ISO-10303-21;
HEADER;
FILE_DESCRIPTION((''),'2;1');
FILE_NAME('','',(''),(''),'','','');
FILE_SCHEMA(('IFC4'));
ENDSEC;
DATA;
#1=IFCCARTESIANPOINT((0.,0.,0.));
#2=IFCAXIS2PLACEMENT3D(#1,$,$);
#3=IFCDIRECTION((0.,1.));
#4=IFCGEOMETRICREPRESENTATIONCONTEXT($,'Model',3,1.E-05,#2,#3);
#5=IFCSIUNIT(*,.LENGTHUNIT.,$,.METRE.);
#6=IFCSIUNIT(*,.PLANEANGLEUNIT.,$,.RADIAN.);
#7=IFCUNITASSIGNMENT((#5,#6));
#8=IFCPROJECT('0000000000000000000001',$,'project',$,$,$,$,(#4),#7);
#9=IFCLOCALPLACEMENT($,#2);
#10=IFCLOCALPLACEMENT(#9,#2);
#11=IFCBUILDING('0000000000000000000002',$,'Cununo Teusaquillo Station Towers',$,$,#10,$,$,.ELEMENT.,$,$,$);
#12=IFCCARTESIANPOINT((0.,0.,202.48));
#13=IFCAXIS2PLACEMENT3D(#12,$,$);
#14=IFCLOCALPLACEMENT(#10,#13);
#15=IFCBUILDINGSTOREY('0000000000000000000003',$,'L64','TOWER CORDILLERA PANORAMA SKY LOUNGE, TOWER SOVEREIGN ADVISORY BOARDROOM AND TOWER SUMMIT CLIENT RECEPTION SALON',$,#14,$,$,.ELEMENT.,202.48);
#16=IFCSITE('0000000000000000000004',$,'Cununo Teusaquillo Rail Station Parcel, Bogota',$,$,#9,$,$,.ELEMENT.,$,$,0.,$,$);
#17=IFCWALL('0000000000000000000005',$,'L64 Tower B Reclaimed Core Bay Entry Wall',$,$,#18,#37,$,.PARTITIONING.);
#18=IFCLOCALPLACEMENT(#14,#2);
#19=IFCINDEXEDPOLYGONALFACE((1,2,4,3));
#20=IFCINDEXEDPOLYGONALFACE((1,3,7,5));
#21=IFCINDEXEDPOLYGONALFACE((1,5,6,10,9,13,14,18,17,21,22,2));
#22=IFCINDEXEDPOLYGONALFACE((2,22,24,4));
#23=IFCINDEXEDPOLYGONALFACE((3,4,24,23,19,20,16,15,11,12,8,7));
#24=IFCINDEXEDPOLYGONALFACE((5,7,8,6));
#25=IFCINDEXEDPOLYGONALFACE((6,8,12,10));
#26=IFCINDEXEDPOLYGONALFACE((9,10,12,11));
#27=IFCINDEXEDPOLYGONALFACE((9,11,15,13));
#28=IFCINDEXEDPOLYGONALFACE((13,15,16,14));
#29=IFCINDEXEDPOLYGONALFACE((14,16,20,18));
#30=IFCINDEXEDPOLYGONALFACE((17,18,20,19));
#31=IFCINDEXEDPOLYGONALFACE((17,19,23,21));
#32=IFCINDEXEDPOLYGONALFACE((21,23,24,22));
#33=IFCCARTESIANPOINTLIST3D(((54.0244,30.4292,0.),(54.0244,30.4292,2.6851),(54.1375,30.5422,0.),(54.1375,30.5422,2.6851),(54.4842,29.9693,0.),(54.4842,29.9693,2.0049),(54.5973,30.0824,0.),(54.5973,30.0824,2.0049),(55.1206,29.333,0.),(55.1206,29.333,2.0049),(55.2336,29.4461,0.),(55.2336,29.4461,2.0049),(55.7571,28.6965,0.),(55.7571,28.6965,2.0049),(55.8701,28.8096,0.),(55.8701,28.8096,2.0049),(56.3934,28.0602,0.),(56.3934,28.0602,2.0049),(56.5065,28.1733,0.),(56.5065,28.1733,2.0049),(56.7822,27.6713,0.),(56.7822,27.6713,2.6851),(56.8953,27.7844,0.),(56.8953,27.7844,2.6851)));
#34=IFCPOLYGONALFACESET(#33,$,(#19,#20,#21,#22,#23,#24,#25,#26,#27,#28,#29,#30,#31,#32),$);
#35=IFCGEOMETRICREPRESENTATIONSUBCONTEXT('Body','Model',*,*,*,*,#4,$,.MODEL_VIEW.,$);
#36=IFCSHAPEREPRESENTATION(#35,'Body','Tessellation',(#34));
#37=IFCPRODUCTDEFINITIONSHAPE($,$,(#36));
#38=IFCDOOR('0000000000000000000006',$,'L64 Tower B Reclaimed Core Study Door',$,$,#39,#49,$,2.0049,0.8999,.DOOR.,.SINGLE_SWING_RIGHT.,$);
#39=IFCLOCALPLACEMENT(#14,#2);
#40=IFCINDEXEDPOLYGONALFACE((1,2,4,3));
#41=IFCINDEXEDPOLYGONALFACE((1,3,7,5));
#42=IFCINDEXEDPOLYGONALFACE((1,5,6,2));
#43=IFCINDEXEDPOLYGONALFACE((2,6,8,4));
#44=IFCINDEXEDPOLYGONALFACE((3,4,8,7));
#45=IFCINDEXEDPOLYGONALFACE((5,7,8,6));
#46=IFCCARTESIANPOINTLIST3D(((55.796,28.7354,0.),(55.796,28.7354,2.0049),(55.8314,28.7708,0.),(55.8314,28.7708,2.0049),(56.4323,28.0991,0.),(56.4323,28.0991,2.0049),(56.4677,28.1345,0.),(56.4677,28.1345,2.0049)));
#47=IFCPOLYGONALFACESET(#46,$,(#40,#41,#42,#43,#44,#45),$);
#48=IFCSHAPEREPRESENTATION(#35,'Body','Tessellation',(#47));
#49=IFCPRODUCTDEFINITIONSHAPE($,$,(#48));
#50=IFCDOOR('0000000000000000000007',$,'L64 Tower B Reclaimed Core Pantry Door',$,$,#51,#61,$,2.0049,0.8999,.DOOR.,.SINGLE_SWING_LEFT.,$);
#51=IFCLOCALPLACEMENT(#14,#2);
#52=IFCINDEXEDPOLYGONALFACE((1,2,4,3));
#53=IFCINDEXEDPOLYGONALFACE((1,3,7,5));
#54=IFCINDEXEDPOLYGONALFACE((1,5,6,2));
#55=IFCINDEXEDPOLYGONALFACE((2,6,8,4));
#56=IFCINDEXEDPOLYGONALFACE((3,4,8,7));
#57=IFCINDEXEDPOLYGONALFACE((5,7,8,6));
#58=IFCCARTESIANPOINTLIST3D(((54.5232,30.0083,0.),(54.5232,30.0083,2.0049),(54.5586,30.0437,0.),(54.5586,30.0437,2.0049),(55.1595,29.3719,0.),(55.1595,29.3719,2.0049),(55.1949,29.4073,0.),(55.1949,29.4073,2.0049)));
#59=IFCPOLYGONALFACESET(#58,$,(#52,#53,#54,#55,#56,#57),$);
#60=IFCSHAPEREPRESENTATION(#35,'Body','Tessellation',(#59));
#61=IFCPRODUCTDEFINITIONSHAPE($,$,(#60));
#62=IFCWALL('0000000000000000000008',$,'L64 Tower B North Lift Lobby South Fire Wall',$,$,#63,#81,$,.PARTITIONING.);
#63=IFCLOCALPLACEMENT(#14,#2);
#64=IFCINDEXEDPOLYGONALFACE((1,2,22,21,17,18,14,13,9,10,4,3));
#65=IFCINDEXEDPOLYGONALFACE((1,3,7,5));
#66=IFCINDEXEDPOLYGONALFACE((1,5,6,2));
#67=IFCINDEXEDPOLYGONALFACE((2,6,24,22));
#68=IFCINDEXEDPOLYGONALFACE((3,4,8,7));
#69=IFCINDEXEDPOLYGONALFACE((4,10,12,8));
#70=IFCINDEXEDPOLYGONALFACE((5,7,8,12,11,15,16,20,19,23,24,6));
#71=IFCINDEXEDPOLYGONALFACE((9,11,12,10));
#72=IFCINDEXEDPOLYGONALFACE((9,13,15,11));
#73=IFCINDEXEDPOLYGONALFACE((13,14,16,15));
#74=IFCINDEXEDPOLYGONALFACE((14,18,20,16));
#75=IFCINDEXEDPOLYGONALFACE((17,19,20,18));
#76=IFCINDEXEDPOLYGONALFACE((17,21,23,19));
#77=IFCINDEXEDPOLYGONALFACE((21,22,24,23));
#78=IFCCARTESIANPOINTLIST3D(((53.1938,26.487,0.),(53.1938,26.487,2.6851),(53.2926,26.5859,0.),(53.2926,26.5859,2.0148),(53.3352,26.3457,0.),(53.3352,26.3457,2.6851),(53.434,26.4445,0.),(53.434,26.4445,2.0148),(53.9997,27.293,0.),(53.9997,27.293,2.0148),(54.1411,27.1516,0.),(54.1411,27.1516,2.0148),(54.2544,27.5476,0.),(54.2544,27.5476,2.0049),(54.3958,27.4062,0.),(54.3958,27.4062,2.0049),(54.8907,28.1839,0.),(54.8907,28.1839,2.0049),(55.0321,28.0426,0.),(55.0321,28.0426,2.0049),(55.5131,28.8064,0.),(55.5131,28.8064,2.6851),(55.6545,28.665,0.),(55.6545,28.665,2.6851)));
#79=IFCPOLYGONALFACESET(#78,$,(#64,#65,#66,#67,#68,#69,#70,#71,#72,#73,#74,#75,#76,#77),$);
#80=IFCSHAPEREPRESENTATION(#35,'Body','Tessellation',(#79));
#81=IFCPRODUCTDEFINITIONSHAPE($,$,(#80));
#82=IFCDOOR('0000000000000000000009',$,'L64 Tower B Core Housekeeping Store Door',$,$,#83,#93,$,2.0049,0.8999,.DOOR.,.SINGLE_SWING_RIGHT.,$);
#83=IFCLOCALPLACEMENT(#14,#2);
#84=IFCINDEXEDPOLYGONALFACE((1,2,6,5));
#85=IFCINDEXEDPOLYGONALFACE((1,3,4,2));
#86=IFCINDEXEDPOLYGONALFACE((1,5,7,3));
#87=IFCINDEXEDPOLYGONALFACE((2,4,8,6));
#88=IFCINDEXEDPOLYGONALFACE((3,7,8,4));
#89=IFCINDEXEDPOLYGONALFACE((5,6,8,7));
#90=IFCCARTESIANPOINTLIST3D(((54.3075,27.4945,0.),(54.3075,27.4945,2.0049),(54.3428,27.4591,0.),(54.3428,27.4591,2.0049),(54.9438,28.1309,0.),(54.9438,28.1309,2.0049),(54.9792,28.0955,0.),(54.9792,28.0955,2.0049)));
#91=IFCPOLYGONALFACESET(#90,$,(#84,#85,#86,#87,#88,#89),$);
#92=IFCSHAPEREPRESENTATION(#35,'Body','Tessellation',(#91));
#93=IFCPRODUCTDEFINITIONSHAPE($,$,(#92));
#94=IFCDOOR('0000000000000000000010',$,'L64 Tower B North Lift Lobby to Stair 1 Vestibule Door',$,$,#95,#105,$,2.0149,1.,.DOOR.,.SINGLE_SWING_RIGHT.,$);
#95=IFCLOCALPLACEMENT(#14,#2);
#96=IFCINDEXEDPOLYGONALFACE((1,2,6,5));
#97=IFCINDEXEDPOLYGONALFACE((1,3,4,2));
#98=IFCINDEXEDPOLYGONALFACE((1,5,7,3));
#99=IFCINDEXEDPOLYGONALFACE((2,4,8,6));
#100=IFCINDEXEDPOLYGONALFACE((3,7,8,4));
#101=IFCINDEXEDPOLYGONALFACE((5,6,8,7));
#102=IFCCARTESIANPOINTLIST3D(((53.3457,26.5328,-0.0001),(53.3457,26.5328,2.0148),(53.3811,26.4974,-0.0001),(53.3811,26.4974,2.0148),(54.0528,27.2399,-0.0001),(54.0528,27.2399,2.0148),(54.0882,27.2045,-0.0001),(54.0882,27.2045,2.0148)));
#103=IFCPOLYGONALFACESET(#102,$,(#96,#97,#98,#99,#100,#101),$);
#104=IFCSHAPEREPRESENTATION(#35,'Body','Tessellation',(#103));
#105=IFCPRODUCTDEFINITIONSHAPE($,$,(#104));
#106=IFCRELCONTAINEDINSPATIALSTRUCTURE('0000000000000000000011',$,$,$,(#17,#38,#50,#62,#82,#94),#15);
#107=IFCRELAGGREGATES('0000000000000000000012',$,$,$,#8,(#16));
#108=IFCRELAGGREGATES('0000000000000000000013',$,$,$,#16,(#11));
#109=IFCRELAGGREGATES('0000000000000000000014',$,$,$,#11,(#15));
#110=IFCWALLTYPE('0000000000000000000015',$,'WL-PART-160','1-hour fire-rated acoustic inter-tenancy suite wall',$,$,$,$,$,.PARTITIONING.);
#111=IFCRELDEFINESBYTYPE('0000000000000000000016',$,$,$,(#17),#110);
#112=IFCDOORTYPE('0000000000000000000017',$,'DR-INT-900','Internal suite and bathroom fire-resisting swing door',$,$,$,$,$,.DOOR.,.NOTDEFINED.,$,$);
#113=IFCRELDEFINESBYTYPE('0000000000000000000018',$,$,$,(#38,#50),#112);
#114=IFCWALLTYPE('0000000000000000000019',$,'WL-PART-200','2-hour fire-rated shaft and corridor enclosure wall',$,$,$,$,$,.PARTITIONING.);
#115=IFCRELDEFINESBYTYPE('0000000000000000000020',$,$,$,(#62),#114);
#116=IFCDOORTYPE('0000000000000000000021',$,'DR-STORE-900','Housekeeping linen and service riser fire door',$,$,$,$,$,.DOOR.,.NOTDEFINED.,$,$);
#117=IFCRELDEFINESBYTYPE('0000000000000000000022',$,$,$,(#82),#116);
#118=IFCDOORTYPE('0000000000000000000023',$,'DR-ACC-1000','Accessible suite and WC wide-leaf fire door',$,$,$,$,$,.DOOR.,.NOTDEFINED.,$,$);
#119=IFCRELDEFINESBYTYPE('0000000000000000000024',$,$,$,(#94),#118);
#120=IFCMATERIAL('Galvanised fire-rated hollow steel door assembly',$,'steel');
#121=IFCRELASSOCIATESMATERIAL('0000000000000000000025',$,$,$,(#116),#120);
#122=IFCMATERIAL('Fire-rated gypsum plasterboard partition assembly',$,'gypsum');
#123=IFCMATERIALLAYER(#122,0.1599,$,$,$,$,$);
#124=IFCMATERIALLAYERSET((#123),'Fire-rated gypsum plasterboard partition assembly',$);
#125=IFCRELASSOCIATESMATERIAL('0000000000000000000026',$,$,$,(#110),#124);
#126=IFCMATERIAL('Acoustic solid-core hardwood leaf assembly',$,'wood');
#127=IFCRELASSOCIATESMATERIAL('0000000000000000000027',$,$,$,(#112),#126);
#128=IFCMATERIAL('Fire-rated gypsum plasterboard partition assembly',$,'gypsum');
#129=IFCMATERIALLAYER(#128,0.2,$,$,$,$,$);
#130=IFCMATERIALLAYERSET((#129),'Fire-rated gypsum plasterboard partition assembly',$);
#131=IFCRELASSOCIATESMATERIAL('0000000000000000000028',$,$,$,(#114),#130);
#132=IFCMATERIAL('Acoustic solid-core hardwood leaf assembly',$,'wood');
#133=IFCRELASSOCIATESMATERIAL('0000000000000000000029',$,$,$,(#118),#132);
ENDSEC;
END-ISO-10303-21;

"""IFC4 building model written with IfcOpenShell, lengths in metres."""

from ifc_helpers import new_model, si_unit, direction, frame, frame_2d, origin, place, context, subcontext, project, spatial, rectangle, extrude, source, transform, mapped, material, layer, layer_set, type_object, element, fill, save


model = new_model("IFC4")

# Units and contexts
model_context = context("Model", 3, precision=1e-05, world=origin(), true_north=direction((0.0, 1.0)))
body_context = subcontext(model_context, "Body", "Model", "MODEL_VIEW")
ifc_project = project(units=[si_unit("LENGTHUNIT", "METRE"), si_unit("PLANEANGLEUNIT", "RADIAN")], contexts=[model_context])

# Site, building, storey
site_placement = place(None, origin())
site = spatial("IfcSite", under=ifc_project, at=site_placement, Name="Cununo Teusaquillo Rail Station Parcel, Bogota", CompositionType="ELEMENT", RefElevation=0.0)
building_placement = place(site_placement, origin())
building = spatial("IfcBuilding", under=site, at=building_placement, Name="Cununo Teusaquillo Station Towers", CompositionType="ELEMENT")
storey_placement = place(building_placement, frame((0.0, 0.0, 202.48)))
storey = spatial("IfcBuildingStorey", under=building, at=storey_placement, Name="L64", Description="TOWER CORDILLERA PANORAMA SKY LOUNGE, TOWER SOVEREIGN ADVISORY BOARDROOM AND TOWER SUMMIT CLIENT RECEPTION SALON", CompositionType="ELEMENT", Elevation=202.48)

# Shared definitions
ifc_material_1 = material(Name="Galvanised fire-rated hollow steel door assembly", Category="steel")
door_type_1 = type_object("IfcDoorType", Name="DR-STORE-900", Description="Housekeeping linen and service riser fire door", OperationType="NOTDEFINED", PredefinedType="DOOR", material=ifc_material_1)
shared_shape_1 = source(origin(), body_context, "Body", "SweptSolid", [
    extrude(rectangle(XDim=0.8999, YDim=2.0049, at=frame_2d((0.45, 1.0024))), frame((0.0, 0.0249, 0.0), z_axis=(0.0, -1.0, 0.0), x_axis=(1.0, 0.0, 0.0)), (0.0, 0.0, 1.0), 0.05),
])

# Walls, openings, doors
ifc_material_2 = material(Name="Fire-rated gypsum plasterboard partition assembly", Category="gypsum")
ifc_layer_1 = layer(ifc_material_2, 0.1599)
ifc_layer_set_1 = layer_set([ifc_layer_1], Name="Fire-rated gypsum plasterboard partition assembly")
wall_type_1 = type_object("IfcWallType", Name="WL-PART-160", Description="1-hour fire-rated acoustic inter-tenancy suite wall", PredefinedType="PARTITIONING", material=ifc_layer_set_1)
wall_1_placement = place(storey_placement, frame((56.8389, 27.7278, 0.0), z_axis=(0.0, 0.0, 1.0), x_axis=(-0.707107, 0.707107, 0.0)))
wall_1 = element("IfcWall", 1, at=wall_1_placement, inside=storey, type_object=wall_type_1, Name="L64 Tower B Reclaimed Core Bay Entry Wall", PredefinedType="PARTITIONING", context=body_context, shape_type="SweptSolid", body=[
    extrude(rectangle(XDim=3.9001, YDim=0.1599, at=frame_2d((1.9502, 0.0))), origin(), (0.0, 0.0, 1.0), 2.6851),
])
shared_shape_2 = source(origin(), body_context, "Body", "SweptSolid", [
    extrude(rectangle(XDim=0.8999, YDim=2.0049, at=frame_2d((0.45, 1.0024))), frame((0.0, 0.0898, 0.0), z_axis=(0.0, -1.0, 0.0), x_axis=(1.0, 0.0, 0.0)), (0.0, 0.0, 1.0), 0.1799),
])
opening_1_placement = place(wall_1_placement, frame((0.55, 0.0, 0.0)))
opening_1 = element("IfcOpeningElement", 2, at=opening_1_placement, cuts=wall_1, PredefinedType="OPENING", context=body_context, shape_type="MappedRepresentation", body=[
    mapped(shared_shape_2, transform((0.0, 0.0, 0.0), x_axis=(1.0, 0.0, 0.0), y_axis=(0.0, 1.0, 0.0), z_axis=(0.0, 0.0, 1.0), scale=1.0)),
])
opening_2_placement = place(wall_1_placement, frame((2.3501, 0.0, 0.0)))
opening_2 = element("IfcOpeningElement", 3, at=opening_2_placement, cuts=wall_1, PredefinedType="OPENING", context=body_context, shape_type="MappedRepresentation", body=[
    mapped(shared_shape_2, transform((0.0, 0.0, 0.0), x_axis=(1.0, 0.0, 0.0), y_axis=(0.0, 1.0, 0.0), z_axis=(0.0, 0.0, 1.0), scale=1.0)),
])
ifc_material_3 = material(Name="Acoustic solid-core hardwood leaf assembly", Category="wood")
door_type_2 = type_object("IfcDoorType", Name="DR-INT-900", Description="Internal suite and bathroom fire-resisting swing door", OperationType="NOTDEFINED", PredefinedType="DOOR", material=ifc_material_3)
door_1_placement = place(opening_1_placement, origin())
door_1 = element("IfcDoor", 4, at=door_1_placement, inside=storey, type_object=door_type_2, Name="L64 Tower B Reclaimed Core Study Door", OperationType="SINGLE_SWING_RIGHT", OverallHeight=2.0049, OverallWidth=0.8999, PredefinedType="DOOR", context=body_context, shape_type="MappedRepresentation", body=[
    mapped(shared_shape_1, transform((0.0, 0.0, 0.0), x_axis=(1.0, 0.0, 0.0), y_axis=(0.0, 1.0, 0.0), z_axis=(0.0, 0.0, 1.0), scale=1.0)),
])
fill(opening_1, door_1)
door_2_placement = place(opening_2_placement, origin())
door_2 = element("IfcDoor", 5, at=door_2_placement, inside=storey, type_object=door_type_2, Name="L64 Tower B Reclaimed Core Pantry Door", OperationType="SINGLE_SWING_LEFT", OverallHeight=2.0049, OverallWidth=0.8999, PredefinedType="DOOR", context=body_context, shape_type="MappedRepresentation", body=[
    mapped(shared_shape_1, transform((0.0, 0.0, 0.0), x_axis=(1.0, 0.0, 0.0), y_axis=(0.0, 1.0, 0.0), z_axis=(0.0, 0.0, 1.0), scale=1.0)),
])
fill(opening_2, door_2)
ifc_material_4 = material(Name="Fire-rated gypsum plasterboard partition assembly", Category="gypsum")
ifc_layer_2 = layer(ifc_material_4, 0.2)
ifc_layer_set_2 = layer_set([ifc_layer_2], Name="Fire-rated gypsum plasterboard partition assembly")
wall_type_2 = type_object("IfcWallType", Name="WL-PART-200", Description="2-hour fire-rated shaft and corridor enclosure wall", PredefinedType="PARTITIONING", material=ifc_layer_set_2)
wall_2_placement = place(storey_placement, frame((53.2644, 26.4163, 0.0), z_axis=(0.0, 0.0, 1.0), x_axis=(0.707107, 0.707107, 0.0)))
wall_2 = element("IfcWall", 6, at=wall_2_placement, inside=storey, type_object=wall_type_2, Name="L64 Tower B North Lift Lobby South Fire Wall", PredefinedType="PARTITIONING", context=body_context, shape_type="SweptSolid", body=[
    extrude(rectangle(XDim=3.28, YDim=0.2, at=frame_2d((1.6401, 0.0))), origin(), (0.0, 0.0, 1.0), 2.6851),
])
shared_shape_3 = source(origin(), body_context, "Body", "SweptSolid", [
    extrude(rectangle(XDim=1.0, YDim=2.0149, at=frame_2d((0.5, 1.0073))), frame((0.0, 0.1099, 0.0), z_axis=(0.0, -1.0, 0.0), x_axis=(1.0, 0.0, 0.0)), (0.0, 0.0, 1.0), 0.22),
])
opening_3_placement = place(wall_2_placement, frame((0.1399, 0.0, 0.0)))
opening_3 = element("IfcOpeningElement", 7, at=opening_3_placement, cuts=wall_2, PredefinedType="OPENING", context=body_context, shape_type="MappedRepresentation", body=[
    mapped(shared_shape_3, transform((0.0, 0.0, 0.0), x_axis=(1.0, 0.0, 0.0), y_axis=(0.0, 1.0, 0.0), z_axis=(0.0, 0.0, 1.0), scale=1.0)),
])
shared_shape_4 = source(origin(), body_context, "Body", "SweptSolid", [
    extrude(rectangle(XDim=0.8999, YDim=2.0049, at=frame_2d((0.45, 1.0024))), frame((0.0, 0.1099, 0.0), z_axis=(0.0, -1.0, 0.0), x_axis=(1.0, 0.0, 0.0)), (0.0, 0.0, 1.0), 0.22),
])
opening_4_placement = place(wall_2_placement, frame((1.5, 0.0, 0.0)))
opening_4 = element("IfcOpeningElement", 8, at=opening_4_placement, cuts=wall_2, PredefinedType="OPENING", context=body_context, shape_type="MappedRepresentation", body=[
    mapped(shared_shape_4, transform((0.0, 0.0, 0.0), x_axis=(1.0, 0.0, 0.0), y_axis=(0.0, 1.0, 0.0), z_axis=(0.0, 0.0, 1.0), scale=1.0)),
])
door_3_placement = place(opening_4_placement, origin())
door_3 = element("IfcDoor", 9, at=door_3_placement, inside=storey, type_object=door_type_1, Name="L64 Tower B Core Housekeeping Store Door", OperationType="SINGLE_SWING_RIGHT", OverallHeight=2.0049, OverallWidth=0.8999, PredefinedType="DOOR", context=body_context, shape_type="MappedRepresentation", body=[
    mapped(shared_shape_1, transform((0.0, 0.0, 0.0), x_axis=(1.0, 0.0, 0.0), y_axis=(0.0, 1.0, 0.0), z_axis=(0.0, 0.0, 1.0), scale=1.0)),
])
fill(opening_4, door_3)
ifc_material_5 = material(Name="Acoustic solid-core hardwood leaf assembly", Category="wood")
door_type_3 = type_object("IfcDoorType", Name="DR-ACC-1000", Description="Accessible suite and WC wide-leaf fire door", OperationType="NOTDEFINED", PredefinedType="DOOR", material=ifc_material_5)
shared_shape_5 = source(origin(), body_context, "Body", "SweptSolid", [
    extrude(rectangle(XDim=1.0, YDim=2.0149, at=frame_2d((0.5, 1.0073))), frame((0.0, 0.0249, 0.0), z_axis=(0.0, -1.0, 0.0), x_axis=(1.0, 0.0, 0.0)), (0.0, 0.0, 1.0), 0.05),
])
door_4_placement = place(opening_3_placement, origin())
door_4 = element("IfcDoor", 10, at=door_4_placement, inside=storey, type_object=door_type_3, Name="L64 Tower B North Lift Lobby to Stair 1 Vestibule Door", OperationType="SINGLE_SWING_RIGHT", OverallHeight=2.0149, OverallWidth=1.0, PredefinedType="DOOR", context=body_context, shape_type="MappedRepresentation", body=[
    mapped(shared_shape_5, transform((0.0, 0.0, 0.0), x_axis=(1.0, 0.0, 0.0), y_axis=(0.0, 1.0, 0.0), z_axis=(0.0, 0.0, 1.0), scale=1.0)),
])
fill(opening_3, door_4)

save(model, "model.ifc")
